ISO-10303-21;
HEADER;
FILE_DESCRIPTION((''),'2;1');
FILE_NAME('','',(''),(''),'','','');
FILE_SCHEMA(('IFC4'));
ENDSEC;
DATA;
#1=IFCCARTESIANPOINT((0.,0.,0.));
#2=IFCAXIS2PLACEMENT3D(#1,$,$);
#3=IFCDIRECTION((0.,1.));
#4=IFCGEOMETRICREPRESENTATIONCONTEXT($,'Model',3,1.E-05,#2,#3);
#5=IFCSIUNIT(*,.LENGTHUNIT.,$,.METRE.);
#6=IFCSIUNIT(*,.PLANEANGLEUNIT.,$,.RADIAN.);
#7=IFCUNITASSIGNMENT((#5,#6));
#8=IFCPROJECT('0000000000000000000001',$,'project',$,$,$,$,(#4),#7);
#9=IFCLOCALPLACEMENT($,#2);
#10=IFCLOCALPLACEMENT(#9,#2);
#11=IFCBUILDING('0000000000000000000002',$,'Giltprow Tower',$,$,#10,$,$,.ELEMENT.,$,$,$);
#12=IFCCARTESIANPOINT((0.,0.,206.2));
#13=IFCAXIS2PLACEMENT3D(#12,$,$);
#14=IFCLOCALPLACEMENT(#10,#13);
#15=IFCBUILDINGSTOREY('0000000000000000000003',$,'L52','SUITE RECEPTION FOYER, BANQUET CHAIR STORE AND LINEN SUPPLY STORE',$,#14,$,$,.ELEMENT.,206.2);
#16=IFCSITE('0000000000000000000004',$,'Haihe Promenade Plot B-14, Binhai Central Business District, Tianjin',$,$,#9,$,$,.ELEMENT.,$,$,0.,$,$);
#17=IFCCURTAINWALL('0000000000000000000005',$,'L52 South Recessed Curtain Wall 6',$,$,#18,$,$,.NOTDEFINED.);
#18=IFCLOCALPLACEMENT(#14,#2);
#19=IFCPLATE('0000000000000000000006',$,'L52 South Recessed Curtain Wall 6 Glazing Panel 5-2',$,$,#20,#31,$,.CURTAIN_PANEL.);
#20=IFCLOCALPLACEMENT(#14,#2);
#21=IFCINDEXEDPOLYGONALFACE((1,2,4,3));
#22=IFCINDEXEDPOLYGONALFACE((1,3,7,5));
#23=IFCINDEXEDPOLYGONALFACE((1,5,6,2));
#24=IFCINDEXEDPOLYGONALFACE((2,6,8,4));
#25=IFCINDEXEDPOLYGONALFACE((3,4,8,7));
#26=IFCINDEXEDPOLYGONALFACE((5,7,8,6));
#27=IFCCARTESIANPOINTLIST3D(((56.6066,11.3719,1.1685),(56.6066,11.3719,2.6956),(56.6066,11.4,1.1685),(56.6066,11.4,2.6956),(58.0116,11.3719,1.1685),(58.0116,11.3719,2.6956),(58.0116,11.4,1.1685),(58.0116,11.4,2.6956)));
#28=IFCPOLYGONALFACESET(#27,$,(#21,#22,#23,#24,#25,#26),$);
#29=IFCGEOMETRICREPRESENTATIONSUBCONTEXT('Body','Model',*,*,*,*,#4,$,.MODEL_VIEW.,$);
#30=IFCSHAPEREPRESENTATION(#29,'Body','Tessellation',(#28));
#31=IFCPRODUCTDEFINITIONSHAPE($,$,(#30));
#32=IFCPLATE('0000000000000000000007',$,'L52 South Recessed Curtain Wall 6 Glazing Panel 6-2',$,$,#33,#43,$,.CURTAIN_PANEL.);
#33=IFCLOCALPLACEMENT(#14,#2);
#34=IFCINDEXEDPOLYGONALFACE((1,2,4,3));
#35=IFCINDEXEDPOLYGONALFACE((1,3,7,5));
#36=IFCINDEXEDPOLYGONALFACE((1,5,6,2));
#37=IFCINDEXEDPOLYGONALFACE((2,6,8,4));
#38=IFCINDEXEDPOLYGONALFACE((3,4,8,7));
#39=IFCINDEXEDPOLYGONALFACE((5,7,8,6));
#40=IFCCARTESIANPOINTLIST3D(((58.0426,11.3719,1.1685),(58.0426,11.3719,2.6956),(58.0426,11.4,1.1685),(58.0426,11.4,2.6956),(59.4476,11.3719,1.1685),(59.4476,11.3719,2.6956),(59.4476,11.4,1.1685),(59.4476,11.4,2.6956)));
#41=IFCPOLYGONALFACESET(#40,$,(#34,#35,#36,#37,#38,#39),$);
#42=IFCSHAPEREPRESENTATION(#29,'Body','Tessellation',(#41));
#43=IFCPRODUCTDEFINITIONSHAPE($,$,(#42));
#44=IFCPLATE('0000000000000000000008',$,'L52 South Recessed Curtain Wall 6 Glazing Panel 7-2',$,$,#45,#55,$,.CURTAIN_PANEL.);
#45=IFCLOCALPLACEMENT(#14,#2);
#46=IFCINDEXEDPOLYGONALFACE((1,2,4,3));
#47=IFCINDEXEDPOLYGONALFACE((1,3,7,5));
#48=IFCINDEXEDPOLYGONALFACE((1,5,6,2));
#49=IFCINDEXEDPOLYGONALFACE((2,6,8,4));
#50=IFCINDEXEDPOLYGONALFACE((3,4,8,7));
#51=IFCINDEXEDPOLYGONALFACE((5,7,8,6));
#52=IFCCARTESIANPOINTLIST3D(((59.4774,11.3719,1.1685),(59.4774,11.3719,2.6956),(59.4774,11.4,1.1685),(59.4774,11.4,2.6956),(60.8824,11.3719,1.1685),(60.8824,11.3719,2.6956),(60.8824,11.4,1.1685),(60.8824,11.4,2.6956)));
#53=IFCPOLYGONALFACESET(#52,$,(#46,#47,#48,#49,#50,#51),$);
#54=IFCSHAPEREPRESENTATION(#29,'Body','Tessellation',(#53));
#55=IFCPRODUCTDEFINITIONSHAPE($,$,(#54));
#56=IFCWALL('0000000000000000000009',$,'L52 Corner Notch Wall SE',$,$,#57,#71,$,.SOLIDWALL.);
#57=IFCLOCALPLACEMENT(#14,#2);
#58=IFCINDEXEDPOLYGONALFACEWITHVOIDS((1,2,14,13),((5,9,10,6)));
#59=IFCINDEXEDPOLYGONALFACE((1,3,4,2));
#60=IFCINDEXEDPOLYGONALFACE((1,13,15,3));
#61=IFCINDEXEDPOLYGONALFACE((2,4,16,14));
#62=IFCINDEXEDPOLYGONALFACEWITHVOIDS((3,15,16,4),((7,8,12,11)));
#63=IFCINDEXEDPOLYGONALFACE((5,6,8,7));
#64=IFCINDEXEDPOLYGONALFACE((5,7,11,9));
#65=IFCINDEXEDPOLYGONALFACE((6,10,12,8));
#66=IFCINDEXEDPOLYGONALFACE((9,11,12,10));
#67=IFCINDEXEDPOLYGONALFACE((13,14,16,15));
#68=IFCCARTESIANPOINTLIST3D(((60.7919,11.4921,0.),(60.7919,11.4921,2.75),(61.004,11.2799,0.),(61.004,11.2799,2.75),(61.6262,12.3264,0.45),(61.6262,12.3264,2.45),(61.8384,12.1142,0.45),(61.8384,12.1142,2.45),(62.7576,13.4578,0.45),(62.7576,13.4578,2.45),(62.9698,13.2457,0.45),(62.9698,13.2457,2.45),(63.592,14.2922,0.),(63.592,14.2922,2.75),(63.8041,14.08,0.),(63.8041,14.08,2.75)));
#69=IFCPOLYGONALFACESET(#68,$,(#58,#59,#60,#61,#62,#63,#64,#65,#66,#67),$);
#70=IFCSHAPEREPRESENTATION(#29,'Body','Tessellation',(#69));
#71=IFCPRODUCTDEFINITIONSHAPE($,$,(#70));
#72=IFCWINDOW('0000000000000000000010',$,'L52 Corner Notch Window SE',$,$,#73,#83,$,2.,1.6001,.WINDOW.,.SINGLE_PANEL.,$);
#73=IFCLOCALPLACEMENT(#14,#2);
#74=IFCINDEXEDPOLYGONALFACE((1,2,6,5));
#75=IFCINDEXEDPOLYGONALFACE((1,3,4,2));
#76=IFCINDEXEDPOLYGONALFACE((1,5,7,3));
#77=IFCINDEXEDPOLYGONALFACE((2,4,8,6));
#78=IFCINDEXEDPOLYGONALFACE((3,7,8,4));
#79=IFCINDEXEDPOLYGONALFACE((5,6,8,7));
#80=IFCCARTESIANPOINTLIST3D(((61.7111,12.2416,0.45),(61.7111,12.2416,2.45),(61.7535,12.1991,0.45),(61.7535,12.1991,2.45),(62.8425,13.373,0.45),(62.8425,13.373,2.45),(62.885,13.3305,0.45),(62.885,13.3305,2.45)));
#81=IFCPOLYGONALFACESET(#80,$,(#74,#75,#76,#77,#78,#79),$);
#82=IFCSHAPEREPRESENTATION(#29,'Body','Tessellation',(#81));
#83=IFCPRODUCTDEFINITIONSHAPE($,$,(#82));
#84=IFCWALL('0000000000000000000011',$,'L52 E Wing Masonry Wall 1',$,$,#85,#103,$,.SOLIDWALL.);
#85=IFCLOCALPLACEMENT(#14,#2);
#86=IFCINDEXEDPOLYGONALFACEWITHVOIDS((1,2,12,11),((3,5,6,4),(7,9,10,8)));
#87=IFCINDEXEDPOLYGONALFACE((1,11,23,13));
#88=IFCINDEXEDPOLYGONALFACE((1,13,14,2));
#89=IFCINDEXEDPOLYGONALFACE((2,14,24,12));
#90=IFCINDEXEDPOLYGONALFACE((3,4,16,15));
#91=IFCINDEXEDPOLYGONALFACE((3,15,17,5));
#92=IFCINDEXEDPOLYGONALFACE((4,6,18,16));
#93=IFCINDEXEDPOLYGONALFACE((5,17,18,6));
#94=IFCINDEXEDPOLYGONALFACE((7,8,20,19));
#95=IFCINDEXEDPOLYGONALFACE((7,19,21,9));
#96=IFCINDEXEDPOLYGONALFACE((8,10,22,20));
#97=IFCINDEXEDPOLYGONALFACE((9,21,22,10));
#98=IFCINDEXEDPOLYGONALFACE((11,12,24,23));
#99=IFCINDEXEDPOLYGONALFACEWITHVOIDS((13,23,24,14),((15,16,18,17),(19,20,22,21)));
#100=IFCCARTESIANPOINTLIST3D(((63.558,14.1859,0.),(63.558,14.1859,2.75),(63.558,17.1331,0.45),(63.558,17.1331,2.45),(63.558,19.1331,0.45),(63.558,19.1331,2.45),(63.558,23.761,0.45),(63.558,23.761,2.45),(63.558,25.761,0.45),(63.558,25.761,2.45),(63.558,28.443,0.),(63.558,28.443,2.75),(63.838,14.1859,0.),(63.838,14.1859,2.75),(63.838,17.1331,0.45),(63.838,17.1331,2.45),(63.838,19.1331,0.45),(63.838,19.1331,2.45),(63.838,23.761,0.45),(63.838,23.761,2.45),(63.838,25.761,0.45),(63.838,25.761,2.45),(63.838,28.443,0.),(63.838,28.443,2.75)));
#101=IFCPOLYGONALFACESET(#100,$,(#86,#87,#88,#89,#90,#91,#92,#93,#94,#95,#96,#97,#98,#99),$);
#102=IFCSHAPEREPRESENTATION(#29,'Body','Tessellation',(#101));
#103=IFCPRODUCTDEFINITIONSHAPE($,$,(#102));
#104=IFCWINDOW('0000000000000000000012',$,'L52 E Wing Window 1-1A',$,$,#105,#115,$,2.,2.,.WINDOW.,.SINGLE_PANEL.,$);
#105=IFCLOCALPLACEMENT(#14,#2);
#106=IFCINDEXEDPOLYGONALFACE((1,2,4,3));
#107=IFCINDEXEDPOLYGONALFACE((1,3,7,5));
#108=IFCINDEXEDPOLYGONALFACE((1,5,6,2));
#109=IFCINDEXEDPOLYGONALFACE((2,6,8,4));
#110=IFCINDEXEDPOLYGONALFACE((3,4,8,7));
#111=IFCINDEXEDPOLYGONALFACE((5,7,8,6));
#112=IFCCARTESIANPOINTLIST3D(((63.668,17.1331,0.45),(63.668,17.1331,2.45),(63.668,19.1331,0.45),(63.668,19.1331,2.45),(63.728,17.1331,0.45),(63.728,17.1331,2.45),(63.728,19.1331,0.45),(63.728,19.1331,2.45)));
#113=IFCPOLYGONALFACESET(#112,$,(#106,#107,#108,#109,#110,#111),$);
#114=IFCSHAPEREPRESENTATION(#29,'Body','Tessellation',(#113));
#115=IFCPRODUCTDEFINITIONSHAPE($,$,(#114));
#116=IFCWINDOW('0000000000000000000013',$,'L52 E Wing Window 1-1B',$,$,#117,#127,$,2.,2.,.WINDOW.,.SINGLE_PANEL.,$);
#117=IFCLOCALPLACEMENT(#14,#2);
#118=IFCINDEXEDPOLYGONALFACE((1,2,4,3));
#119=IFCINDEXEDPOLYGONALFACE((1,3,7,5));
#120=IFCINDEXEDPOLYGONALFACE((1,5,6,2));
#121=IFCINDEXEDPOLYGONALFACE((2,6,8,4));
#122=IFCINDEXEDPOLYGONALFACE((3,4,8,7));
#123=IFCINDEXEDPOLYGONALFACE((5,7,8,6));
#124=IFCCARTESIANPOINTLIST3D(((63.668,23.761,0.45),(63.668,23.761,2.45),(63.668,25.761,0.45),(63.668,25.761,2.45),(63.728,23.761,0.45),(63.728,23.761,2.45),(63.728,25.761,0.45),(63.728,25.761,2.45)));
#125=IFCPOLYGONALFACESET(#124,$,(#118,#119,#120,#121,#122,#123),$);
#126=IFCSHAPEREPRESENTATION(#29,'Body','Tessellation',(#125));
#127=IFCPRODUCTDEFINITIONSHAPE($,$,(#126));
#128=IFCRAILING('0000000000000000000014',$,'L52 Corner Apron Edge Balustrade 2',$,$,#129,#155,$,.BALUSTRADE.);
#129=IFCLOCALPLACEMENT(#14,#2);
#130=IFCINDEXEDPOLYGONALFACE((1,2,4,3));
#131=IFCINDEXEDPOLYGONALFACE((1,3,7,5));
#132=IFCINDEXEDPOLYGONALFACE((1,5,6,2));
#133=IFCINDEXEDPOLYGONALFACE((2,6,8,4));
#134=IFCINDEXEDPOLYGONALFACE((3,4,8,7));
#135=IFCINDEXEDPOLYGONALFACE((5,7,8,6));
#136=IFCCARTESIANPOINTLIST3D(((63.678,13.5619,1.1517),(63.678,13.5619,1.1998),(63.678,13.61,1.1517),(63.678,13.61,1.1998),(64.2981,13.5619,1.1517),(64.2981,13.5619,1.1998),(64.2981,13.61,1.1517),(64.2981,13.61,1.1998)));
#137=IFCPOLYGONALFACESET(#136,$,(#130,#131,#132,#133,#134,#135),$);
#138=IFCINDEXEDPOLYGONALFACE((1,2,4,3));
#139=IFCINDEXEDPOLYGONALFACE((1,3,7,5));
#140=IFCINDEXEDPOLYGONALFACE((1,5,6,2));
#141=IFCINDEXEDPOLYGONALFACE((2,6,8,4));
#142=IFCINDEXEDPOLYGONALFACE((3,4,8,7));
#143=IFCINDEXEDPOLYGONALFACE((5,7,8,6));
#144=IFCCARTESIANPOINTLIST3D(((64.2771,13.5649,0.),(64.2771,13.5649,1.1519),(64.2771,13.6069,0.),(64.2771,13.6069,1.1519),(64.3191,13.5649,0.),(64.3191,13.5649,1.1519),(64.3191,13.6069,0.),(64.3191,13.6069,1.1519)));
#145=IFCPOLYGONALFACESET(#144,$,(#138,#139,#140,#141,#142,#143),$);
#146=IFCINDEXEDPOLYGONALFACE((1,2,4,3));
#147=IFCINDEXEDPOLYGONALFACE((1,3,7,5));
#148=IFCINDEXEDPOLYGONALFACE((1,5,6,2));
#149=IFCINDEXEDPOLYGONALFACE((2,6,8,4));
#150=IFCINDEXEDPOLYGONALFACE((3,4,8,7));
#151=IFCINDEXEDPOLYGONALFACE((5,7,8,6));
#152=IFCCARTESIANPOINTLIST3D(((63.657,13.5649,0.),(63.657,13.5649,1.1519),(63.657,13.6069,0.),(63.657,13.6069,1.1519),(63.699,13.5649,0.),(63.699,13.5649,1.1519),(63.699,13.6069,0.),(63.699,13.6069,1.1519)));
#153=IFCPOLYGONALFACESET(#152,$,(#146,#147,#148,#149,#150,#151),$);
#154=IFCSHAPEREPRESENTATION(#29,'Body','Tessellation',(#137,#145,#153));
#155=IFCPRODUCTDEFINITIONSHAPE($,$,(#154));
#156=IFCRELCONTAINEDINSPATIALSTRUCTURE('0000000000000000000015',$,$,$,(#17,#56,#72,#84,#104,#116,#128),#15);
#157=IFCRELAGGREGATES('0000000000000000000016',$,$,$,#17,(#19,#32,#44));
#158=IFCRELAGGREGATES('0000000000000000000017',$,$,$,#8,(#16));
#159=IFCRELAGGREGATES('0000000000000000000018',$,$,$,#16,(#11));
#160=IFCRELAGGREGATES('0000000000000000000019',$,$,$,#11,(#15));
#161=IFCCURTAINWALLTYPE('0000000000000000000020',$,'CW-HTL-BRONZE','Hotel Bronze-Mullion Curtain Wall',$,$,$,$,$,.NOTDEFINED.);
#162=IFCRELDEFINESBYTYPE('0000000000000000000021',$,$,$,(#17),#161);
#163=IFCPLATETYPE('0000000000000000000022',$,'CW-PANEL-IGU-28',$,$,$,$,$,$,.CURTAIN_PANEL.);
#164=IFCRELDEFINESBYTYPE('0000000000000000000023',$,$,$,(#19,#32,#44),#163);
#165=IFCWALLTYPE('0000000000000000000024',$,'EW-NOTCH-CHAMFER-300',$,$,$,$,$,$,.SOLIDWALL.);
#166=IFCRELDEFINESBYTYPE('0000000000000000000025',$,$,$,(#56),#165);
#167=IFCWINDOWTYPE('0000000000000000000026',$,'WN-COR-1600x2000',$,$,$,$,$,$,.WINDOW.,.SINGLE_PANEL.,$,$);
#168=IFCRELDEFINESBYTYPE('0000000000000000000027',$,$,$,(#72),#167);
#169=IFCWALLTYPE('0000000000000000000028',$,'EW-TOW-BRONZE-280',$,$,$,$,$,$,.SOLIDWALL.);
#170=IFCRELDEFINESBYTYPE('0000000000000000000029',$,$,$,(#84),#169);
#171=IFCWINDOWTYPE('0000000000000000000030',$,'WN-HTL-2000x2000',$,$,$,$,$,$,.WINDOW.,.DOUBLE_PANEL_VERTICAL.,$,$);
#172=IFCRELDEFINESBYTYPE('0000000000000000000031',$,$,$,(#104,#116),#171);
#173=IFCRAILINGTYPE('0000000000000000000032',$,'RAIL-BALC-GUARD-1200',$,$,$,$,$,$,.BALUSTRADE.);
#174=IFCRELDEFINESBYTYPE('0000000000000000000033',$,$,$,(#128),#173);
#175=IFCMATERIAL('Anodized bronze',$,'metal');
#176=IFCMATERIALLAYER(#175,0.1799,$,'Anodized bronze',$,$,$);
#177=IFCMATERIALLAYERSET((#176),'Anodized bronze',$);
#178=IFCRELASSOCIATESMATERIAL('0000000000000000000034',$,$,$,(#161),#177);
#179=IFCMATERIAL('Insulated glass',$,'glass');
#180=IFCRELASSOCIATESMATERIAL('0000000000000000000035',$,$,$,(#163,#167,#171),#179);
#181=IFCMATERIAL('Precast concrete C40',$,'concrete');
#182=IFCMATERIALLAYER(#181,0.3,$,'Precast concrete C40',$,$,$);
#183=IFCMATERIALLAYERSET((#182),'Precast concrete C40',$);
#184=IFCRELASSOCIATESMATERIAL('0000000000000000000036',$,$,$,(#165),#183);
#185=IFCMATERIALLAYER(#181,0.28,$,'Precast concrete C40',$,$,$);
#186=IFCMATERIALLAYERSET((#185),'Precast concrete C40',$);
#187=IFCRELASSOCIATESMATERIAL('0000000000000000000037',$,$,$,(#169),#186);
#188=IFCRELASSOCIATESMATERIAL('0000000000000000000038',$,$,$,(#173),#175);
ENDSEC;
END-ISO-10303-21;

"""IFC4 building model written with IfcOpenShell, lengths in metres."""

from ifc_helpers import new_model, si_unit, direction, frame, frame_2d, origin, origin_2d, place, context, subcontext, project, spatial, rectangle, extrude, source, transform, mapped, material, layer, layer_set, type_object, element, fill, aggregate, save


model = new_model("IFC4")

# Units and contexts
model_context = context("Model", 3, precision=1e-05, world=origin(), true_north=direction((0.0, 1.0)))
body_context = subcontext(model_context, "Body", "Model", "MODEL_VIEW")
ifc_project = project(units=[si_unit("LENGTHUNIT", "METRE"), si_unit("PLANEANGLEUNIT", "RADIAN")], contexts=[model_context])

# Site, building, storey
site_placement = place(None, origin())
site = spatial("IfcSite", under=ifc_project, at=site_placement, Name="Haihe Promenade Plot B-14, Binhai Central Business District, Tianjin", CompositionType="ELEMENT", RefElevation=0.0)
building_placement = place(site_placement, origin())
building = spatial("IfcBuilding", under=site, at=building_placement, Name="Giltprow Tower", CompositionType="ELEMENT")
storey_placement = place(building_placement, frame((0.0, 0.0, 206.2)))
storey = spatial("IfcBuildingStorey", under=building, at=storey_placement, Name="L52", Description="SUITE RECEPTION FOYER, BANQUET CHAIR STORE AND LINEN SUPPLY STORE", CompositionType="ELEMENT", Elevation=206.2)

# Curtain wall, plates
ifc_material_1 = material(Name="Anodized bronze", Category="metal")
ifc_layer_1 = layer(ifc_material_1, 0.1799, Name="Anodized bronze")
ifc_layer_set_1 = layer_set([ifc_layer_1], Name="Anodized bronze")
curtain_wall_type = type_object("IfcCurtainWallType", Name="CW-HTL-BRONZE", Description="Hotel Bronze-Mullion Curtain Wall", PredefinedType="NOTDEFINED", material=ifc_layer_set_1)
curtain_wall_placement = place(storey_placement, origin())
curtain_wall = element("IfcCurtainWall", 1, at=curtain_wall_placement, inside=storey, type_object=curtain_wall_type, Name="L52 South Recessed Curtain Wall 6", PredefinedType="NOTDEFINED")
ifc_material_2 = material(Name="Insulated glass", Category="glass")
plate_type = type_object("IfcPlateType", Name="CW-PANEL-IGU-28", PredefinedType="CURTAIN_PANEL", material=ifc_material_2)
shared_shape_1 = source(origin(), body_context, "Body", "SweptSolid", [
    extrude(rectangle(XDim=1.405, YDim=0.0281, at=origin_2d()), origin(), (0.0, 0.0, 1.0), 1.5271),
])
plate_1_placement = place(storey_placement, frame((57.3091, 11.386, 1.1685), z_axis=(0.0, 0.0, 1.0), x_axis=(1.0, 0.0, 0.0)))
plate_1 = element("IfcPlate", 2, at=plate_1_placement, type_object=plate_type, Name="L52 South Recessed Curtain Wall 6 Glazing Panel 5-2", PredefinedType="CURTAIN_PANEL", context=body_context, shape_type="MappedRepresentation", body=[
    mapped(shared_shape_1, transform((0.0, 0.0, 0.0), x_axis=(1.0, 0.0, 0.0), y_axis=(0.0, 1.0, 0.0), z_axis=(0.0, 0.0, 1.0), scale=1.0)),
])
plate_2_placement = place(storey_placement, frame((58.7451, 11.386, 1.1685), z_axis=(0.0, 0.0, 1.0), x_axis=(1.0, 0.0, 0.0)))
plate_2 = element("IfcPlate", 3, at=plate_2_placement, type_object=plate_type, Name="L52 South Recessed Curtain Wall 6 Glazing Panel 6-2", PredefinedType="CURTAIN_PANEL", context=body_context, shape_type="MappedRepresentation", body=[
    mapped(shared_shape_1, transform((0.0, 0.0, 0.0), x_axis=(1.0, 0.0, 0.0), y_axis=(0.0, 1.0, 0.0), z_axis=(0.0, 0.0, 1.0), scale=1.0)),
])
plate_3_placement = place(storey_placement, frame((60.1799, 11.386, 1.1685), z_axis=(0.0, 0.0, 1.0), x_axis=(1.0, 0.0, 0.0)))
plate_3 = element("IfcPlate", 4, at=plate_3_placement, type_object=plate_type, Name="L52 South Recessed Curtain Wall 6 Glazing Panel 7-2", PredefinedType="CURTAIN_PANEL", context=body_context, shape_type="MappedRepresentation", body=[
    mapped(shared_shape_1, transform((0.0, 0.0, 0.0), x_axis=(1.0, 0.0, 0.0), y_axis=(0.0, 1.0, 0.0), z_axis=(0.0, 0.0, 1.0), scale=1.0)),
])
aggregate(curtain_wall, [plate_1, plate_2, plate_3])

# Wall, opening, window
ifc_material_3 = material(Name="Precast concrete C40", Category="concrete")
ifc_layer_2 = layer(ifc_material_3, 0.3, Name="Precast concrete C40")
ifc_layer_set_2 = layer_set([ifc_layer_2], Name="Precast concrete C40")
wall_type_1 = type_object("IfcWallType", Name="EW-NOTCH-CHAMFER-300", PredefinedType="SOLIDWALL", material=ifc_layer_set_2)
wall_1_placement = place(storey_placement, frame((60.8979, 11.386, 0.0), z_axis=(0.0, 0.0, 1.0), x_axis=(0.707107, 0.707107, 0.0)))
wall_1 = element("IfcWall", 5, at=wall_1_placement, inside=storey, type_object=wall_type_1, Name="L52 Corner Notch Wall SE", PredefinedType="SOLIDWALL", context=body_context, shape_type="SweptSolid", body=[
    extrude(rectangle(XDim=3.96, YDim=0.3, at=frame_2d((1.98, 0.0))), origin(), (0.0, 0.0, 1.0), 2.75),
])
opening_1_placement = place(wall_1_placement, frame((1.1799, 0.0, 0.45)))
opening_1 = element("IfcOpeningElement", 6, at=opening_1_placement, cuts=wall_1, PredefinedType="OPENING", context=body_context, shape_type="SweptSolid", body=[
    extrude(rectangle(XDim=1.6001, YDim=2.0, at=frame_2d((0.8, 1.0))), frame((0.0, 0.1599, 0.0), z_axis=(0.0, -1.0, 0.0), x_axis=(1.0, 0.0, 0.0)), (0.0, 0.0, 1.0), 0.3201),
])
window_type_1 = type_object("IfcWindowType", Name="WN-COR-1600x2000", PartitioningType="SINGLE_PANEL", PredefinedType="WINDOW", material=ifc_material_2)
shared_shape_2 = source(origin(), body_context, "Body", "SweptSolid", [
    extrude(rectangle(XDim=1.6001, YDim=2.0, at=frame_2d((0.8, 1.0))), frame((0.0, 0.03, 0.0), z_axis=(0.0, -1.0, 0.0), x_axis=(1.0, 0.0, 0.0)), (0.0, 0.0, 1.0), 0.0601),
])
window_1_placement = place(opening_1_placement, origin())
window_1 = element("IfcWindow", 7, at=window_1_placement, inside=storey, type_object=window_type_1, Name="L52 Corner Notch Window SE", OverallHeight=2.0, OverallWidth=1.6001, PartitioningType="SINGLE_PANEL", PredefinedType="WINDOW", context=body_context, shape_type="MappedRepresentation", body=[
    mapped(shared_shape_2, transform((0.0, 0.0, 0.0), x_axis=(1.0, 0.0, 0.0), y_axis=(0.0, 1.0, 0.0), z_axis=(0.0, 0.0, 1.0), scale=1.0)),
])
fill(opening_1, window_1)

# Wall, openings, windows
ifc_layer_3 = layer(ifc_material_3, 0.28, Name="Precast concrete C40")
ifc_layer_set_3 = layer_set([ifc_layer_3], Name="Precast concrete C40")
wall_type_2 = type_object("IfcWallType", Name="EW-TOW-BRONZE-280", PredefinedType="SOLIDWALL", material=ifc_layer_set_3)
wall_2_placement = place(storey_placement, frame((63.698, 14.186, 0.0), z_axis=(0.0, 0.0, 1.0), x_axis=(0.0, 1.0, 0.0)))
wall_2 = element("IfcWall", 8, at=wall_2_placement, inside=storey, type_object=wall_type_2, Name="L52 E Wing Masonry Wall 1", PredefinedType="SOLIDWALL", context=body_context, shape_type="SweptSolid", body=[
    extrude(rectangle(XDim=14.2571, YDim=0.28, at=frame_2d((7.1284, 0.0))), origin(), (0.0, 0.0, 1.0), 2.75),
])
opening_2_placement = place(wall_2_placement, frame((2.947, 0.0, 0.45)))
opening_2 = element("IfcOpeningElement", 9, at=opening_2_placement, cuts=wall_2, PredefinedType="OPENING", context=body_context, shape_type="SweptSolid", body=[
    extrude(rectangle(XDim=2.0, YDim=2.0, at=frame_2d((1.0, 1.0))), frame((0.0, 0.1499, 0.0), z_axis=(0.0, -1.0, 0.0), x_axis=(1.0, 0.0, 0.0)), (0.0, 0.0, 1.0), 0.3),
])
opening_3_placement = place(wall_2_placement, frame((9.575, 0.0, 0.45)))
opening_3 = element("IfcOpeningElement", 10, at=opening_3_placement, cuts=wall_2, PredefinedType="OPENING", context=body_context, shape_type="SweptSolid", body=[
    extrude(rectangle(XDim=2.0, YDim=2.0, at=frame_2d((1.0, 1.0))), frame((0.0, 0.1499, 0.0), z_axis=(0.0, -1.0, 0.0), x_axis=(1.0, 0.0, 0.0)), (0.0, 0.0, 1.0), 0.3),
])
window_type_2 = type_object("IfcWindowType", Name="WN-HTL-2000x2000", PartitioningType="DOUBLE_PANEL_VERTICAL", PredefinedType="WINDOW", material=ifc_material_2)
shared_shape_3 = source(origin(), body_context, "Body", "SweptSolid", [
    extrude(rectangle(XDim=2.0, YDim=2.0, at=frame_2d((1.0, 1.0))), frame((0.0, 0.03, 0.0), z_axis=(0.0, -1.0, 0.0), x_axis=(1.0, 0.0, 0.0)), (0.0, 0.0, 1.0), 0.0601),
])
window_2_placement = place(opening_2_placement, origin())
window_2 = element("IfcWindow", 11, at=window_2_placement, inside=storey, type_object=window_type_2, Name="L52 E Wing Window 1-1A", OverallHeight=2.0, OverallWidth=2.0, PartitioningType="SINGLE_PANEL", PredefinedType="WINDOW", context=body_context, shape_type="MappedRepresentation", body=[
    mapped(shared_shape_3, transform((0.0, 0.0, 0.0), x_axis=(1.0, 0.0, 0.0), y_axis=(0.0, 1.0, 0.0), z_axis=(0.0, 0.0, 1.0), scale=1.0)),
])
fill(opening_2, window_2)
window_3_placement = place(opening_3_placement, origin())
window_3 = element("IfcWindow", 12, at=window_3_placement, inside=storey, type_object=window_type_2, Name="L52 E Wing Window 1-1B", OverallHeight=2.0, OverallWidth=2.0, PartitioningType="SINGLE_PANEL", PredefinedType="WINDOW", context=body_context, shape_type="MappedRepresentation", body=[
    mapped(shared_shape_3, transform((0.0, 0.0, 0.0), x_axis=(1.0, 0.0, 0.0), y_axis=(0.0, 1.0, 0.0), z_axis=(0.0, 0.0, 1.0), scale=1.0)),
])
fill(opening_3, window_3)

# Railing
railing_type = type_object("IfcRailingType", Name="RAIL-BALC-GUARD-1200", PredefinedType="BALUSTRADE", material=ifc_material_1)
railing_1_placement = place(storey_placement, frame((64.2981, 13.5859, 0.0)))
element("IfcRailing", 13, at=railing_1_placement, inside=storey, type_object=railing_type, Name="L52 Corner Apron Edge Balustrade 2", PredefinedType="BALUSTRADE", context=body_context, shape_type="SweptSolid", body=[
    extrude(rectangle(XDim=0.0481, YDim=0.0481, at=origin_2d()), frame((0.0, 0.0, 1.1758), z_axis=(-1.0, 0.0, 0.0), x_axis=(0.0, -1.0, 0.0)), (0.0, 0.0, 1.0), 0.6201),
    extrude(rectangle(XDim=0.042, YDim=0.042, at=origin_2d()), origin(), (0.0, 0.0, 1.0), 1.1519),
    extrude(rectangle(XDim=0.042, YDim=0.042, at=origin_2d()), frame((-0.6201, 0.0, 0.0)), (0.0, 0.0, 1.0), 1.1519),
])

save(model, "model.ifc")
